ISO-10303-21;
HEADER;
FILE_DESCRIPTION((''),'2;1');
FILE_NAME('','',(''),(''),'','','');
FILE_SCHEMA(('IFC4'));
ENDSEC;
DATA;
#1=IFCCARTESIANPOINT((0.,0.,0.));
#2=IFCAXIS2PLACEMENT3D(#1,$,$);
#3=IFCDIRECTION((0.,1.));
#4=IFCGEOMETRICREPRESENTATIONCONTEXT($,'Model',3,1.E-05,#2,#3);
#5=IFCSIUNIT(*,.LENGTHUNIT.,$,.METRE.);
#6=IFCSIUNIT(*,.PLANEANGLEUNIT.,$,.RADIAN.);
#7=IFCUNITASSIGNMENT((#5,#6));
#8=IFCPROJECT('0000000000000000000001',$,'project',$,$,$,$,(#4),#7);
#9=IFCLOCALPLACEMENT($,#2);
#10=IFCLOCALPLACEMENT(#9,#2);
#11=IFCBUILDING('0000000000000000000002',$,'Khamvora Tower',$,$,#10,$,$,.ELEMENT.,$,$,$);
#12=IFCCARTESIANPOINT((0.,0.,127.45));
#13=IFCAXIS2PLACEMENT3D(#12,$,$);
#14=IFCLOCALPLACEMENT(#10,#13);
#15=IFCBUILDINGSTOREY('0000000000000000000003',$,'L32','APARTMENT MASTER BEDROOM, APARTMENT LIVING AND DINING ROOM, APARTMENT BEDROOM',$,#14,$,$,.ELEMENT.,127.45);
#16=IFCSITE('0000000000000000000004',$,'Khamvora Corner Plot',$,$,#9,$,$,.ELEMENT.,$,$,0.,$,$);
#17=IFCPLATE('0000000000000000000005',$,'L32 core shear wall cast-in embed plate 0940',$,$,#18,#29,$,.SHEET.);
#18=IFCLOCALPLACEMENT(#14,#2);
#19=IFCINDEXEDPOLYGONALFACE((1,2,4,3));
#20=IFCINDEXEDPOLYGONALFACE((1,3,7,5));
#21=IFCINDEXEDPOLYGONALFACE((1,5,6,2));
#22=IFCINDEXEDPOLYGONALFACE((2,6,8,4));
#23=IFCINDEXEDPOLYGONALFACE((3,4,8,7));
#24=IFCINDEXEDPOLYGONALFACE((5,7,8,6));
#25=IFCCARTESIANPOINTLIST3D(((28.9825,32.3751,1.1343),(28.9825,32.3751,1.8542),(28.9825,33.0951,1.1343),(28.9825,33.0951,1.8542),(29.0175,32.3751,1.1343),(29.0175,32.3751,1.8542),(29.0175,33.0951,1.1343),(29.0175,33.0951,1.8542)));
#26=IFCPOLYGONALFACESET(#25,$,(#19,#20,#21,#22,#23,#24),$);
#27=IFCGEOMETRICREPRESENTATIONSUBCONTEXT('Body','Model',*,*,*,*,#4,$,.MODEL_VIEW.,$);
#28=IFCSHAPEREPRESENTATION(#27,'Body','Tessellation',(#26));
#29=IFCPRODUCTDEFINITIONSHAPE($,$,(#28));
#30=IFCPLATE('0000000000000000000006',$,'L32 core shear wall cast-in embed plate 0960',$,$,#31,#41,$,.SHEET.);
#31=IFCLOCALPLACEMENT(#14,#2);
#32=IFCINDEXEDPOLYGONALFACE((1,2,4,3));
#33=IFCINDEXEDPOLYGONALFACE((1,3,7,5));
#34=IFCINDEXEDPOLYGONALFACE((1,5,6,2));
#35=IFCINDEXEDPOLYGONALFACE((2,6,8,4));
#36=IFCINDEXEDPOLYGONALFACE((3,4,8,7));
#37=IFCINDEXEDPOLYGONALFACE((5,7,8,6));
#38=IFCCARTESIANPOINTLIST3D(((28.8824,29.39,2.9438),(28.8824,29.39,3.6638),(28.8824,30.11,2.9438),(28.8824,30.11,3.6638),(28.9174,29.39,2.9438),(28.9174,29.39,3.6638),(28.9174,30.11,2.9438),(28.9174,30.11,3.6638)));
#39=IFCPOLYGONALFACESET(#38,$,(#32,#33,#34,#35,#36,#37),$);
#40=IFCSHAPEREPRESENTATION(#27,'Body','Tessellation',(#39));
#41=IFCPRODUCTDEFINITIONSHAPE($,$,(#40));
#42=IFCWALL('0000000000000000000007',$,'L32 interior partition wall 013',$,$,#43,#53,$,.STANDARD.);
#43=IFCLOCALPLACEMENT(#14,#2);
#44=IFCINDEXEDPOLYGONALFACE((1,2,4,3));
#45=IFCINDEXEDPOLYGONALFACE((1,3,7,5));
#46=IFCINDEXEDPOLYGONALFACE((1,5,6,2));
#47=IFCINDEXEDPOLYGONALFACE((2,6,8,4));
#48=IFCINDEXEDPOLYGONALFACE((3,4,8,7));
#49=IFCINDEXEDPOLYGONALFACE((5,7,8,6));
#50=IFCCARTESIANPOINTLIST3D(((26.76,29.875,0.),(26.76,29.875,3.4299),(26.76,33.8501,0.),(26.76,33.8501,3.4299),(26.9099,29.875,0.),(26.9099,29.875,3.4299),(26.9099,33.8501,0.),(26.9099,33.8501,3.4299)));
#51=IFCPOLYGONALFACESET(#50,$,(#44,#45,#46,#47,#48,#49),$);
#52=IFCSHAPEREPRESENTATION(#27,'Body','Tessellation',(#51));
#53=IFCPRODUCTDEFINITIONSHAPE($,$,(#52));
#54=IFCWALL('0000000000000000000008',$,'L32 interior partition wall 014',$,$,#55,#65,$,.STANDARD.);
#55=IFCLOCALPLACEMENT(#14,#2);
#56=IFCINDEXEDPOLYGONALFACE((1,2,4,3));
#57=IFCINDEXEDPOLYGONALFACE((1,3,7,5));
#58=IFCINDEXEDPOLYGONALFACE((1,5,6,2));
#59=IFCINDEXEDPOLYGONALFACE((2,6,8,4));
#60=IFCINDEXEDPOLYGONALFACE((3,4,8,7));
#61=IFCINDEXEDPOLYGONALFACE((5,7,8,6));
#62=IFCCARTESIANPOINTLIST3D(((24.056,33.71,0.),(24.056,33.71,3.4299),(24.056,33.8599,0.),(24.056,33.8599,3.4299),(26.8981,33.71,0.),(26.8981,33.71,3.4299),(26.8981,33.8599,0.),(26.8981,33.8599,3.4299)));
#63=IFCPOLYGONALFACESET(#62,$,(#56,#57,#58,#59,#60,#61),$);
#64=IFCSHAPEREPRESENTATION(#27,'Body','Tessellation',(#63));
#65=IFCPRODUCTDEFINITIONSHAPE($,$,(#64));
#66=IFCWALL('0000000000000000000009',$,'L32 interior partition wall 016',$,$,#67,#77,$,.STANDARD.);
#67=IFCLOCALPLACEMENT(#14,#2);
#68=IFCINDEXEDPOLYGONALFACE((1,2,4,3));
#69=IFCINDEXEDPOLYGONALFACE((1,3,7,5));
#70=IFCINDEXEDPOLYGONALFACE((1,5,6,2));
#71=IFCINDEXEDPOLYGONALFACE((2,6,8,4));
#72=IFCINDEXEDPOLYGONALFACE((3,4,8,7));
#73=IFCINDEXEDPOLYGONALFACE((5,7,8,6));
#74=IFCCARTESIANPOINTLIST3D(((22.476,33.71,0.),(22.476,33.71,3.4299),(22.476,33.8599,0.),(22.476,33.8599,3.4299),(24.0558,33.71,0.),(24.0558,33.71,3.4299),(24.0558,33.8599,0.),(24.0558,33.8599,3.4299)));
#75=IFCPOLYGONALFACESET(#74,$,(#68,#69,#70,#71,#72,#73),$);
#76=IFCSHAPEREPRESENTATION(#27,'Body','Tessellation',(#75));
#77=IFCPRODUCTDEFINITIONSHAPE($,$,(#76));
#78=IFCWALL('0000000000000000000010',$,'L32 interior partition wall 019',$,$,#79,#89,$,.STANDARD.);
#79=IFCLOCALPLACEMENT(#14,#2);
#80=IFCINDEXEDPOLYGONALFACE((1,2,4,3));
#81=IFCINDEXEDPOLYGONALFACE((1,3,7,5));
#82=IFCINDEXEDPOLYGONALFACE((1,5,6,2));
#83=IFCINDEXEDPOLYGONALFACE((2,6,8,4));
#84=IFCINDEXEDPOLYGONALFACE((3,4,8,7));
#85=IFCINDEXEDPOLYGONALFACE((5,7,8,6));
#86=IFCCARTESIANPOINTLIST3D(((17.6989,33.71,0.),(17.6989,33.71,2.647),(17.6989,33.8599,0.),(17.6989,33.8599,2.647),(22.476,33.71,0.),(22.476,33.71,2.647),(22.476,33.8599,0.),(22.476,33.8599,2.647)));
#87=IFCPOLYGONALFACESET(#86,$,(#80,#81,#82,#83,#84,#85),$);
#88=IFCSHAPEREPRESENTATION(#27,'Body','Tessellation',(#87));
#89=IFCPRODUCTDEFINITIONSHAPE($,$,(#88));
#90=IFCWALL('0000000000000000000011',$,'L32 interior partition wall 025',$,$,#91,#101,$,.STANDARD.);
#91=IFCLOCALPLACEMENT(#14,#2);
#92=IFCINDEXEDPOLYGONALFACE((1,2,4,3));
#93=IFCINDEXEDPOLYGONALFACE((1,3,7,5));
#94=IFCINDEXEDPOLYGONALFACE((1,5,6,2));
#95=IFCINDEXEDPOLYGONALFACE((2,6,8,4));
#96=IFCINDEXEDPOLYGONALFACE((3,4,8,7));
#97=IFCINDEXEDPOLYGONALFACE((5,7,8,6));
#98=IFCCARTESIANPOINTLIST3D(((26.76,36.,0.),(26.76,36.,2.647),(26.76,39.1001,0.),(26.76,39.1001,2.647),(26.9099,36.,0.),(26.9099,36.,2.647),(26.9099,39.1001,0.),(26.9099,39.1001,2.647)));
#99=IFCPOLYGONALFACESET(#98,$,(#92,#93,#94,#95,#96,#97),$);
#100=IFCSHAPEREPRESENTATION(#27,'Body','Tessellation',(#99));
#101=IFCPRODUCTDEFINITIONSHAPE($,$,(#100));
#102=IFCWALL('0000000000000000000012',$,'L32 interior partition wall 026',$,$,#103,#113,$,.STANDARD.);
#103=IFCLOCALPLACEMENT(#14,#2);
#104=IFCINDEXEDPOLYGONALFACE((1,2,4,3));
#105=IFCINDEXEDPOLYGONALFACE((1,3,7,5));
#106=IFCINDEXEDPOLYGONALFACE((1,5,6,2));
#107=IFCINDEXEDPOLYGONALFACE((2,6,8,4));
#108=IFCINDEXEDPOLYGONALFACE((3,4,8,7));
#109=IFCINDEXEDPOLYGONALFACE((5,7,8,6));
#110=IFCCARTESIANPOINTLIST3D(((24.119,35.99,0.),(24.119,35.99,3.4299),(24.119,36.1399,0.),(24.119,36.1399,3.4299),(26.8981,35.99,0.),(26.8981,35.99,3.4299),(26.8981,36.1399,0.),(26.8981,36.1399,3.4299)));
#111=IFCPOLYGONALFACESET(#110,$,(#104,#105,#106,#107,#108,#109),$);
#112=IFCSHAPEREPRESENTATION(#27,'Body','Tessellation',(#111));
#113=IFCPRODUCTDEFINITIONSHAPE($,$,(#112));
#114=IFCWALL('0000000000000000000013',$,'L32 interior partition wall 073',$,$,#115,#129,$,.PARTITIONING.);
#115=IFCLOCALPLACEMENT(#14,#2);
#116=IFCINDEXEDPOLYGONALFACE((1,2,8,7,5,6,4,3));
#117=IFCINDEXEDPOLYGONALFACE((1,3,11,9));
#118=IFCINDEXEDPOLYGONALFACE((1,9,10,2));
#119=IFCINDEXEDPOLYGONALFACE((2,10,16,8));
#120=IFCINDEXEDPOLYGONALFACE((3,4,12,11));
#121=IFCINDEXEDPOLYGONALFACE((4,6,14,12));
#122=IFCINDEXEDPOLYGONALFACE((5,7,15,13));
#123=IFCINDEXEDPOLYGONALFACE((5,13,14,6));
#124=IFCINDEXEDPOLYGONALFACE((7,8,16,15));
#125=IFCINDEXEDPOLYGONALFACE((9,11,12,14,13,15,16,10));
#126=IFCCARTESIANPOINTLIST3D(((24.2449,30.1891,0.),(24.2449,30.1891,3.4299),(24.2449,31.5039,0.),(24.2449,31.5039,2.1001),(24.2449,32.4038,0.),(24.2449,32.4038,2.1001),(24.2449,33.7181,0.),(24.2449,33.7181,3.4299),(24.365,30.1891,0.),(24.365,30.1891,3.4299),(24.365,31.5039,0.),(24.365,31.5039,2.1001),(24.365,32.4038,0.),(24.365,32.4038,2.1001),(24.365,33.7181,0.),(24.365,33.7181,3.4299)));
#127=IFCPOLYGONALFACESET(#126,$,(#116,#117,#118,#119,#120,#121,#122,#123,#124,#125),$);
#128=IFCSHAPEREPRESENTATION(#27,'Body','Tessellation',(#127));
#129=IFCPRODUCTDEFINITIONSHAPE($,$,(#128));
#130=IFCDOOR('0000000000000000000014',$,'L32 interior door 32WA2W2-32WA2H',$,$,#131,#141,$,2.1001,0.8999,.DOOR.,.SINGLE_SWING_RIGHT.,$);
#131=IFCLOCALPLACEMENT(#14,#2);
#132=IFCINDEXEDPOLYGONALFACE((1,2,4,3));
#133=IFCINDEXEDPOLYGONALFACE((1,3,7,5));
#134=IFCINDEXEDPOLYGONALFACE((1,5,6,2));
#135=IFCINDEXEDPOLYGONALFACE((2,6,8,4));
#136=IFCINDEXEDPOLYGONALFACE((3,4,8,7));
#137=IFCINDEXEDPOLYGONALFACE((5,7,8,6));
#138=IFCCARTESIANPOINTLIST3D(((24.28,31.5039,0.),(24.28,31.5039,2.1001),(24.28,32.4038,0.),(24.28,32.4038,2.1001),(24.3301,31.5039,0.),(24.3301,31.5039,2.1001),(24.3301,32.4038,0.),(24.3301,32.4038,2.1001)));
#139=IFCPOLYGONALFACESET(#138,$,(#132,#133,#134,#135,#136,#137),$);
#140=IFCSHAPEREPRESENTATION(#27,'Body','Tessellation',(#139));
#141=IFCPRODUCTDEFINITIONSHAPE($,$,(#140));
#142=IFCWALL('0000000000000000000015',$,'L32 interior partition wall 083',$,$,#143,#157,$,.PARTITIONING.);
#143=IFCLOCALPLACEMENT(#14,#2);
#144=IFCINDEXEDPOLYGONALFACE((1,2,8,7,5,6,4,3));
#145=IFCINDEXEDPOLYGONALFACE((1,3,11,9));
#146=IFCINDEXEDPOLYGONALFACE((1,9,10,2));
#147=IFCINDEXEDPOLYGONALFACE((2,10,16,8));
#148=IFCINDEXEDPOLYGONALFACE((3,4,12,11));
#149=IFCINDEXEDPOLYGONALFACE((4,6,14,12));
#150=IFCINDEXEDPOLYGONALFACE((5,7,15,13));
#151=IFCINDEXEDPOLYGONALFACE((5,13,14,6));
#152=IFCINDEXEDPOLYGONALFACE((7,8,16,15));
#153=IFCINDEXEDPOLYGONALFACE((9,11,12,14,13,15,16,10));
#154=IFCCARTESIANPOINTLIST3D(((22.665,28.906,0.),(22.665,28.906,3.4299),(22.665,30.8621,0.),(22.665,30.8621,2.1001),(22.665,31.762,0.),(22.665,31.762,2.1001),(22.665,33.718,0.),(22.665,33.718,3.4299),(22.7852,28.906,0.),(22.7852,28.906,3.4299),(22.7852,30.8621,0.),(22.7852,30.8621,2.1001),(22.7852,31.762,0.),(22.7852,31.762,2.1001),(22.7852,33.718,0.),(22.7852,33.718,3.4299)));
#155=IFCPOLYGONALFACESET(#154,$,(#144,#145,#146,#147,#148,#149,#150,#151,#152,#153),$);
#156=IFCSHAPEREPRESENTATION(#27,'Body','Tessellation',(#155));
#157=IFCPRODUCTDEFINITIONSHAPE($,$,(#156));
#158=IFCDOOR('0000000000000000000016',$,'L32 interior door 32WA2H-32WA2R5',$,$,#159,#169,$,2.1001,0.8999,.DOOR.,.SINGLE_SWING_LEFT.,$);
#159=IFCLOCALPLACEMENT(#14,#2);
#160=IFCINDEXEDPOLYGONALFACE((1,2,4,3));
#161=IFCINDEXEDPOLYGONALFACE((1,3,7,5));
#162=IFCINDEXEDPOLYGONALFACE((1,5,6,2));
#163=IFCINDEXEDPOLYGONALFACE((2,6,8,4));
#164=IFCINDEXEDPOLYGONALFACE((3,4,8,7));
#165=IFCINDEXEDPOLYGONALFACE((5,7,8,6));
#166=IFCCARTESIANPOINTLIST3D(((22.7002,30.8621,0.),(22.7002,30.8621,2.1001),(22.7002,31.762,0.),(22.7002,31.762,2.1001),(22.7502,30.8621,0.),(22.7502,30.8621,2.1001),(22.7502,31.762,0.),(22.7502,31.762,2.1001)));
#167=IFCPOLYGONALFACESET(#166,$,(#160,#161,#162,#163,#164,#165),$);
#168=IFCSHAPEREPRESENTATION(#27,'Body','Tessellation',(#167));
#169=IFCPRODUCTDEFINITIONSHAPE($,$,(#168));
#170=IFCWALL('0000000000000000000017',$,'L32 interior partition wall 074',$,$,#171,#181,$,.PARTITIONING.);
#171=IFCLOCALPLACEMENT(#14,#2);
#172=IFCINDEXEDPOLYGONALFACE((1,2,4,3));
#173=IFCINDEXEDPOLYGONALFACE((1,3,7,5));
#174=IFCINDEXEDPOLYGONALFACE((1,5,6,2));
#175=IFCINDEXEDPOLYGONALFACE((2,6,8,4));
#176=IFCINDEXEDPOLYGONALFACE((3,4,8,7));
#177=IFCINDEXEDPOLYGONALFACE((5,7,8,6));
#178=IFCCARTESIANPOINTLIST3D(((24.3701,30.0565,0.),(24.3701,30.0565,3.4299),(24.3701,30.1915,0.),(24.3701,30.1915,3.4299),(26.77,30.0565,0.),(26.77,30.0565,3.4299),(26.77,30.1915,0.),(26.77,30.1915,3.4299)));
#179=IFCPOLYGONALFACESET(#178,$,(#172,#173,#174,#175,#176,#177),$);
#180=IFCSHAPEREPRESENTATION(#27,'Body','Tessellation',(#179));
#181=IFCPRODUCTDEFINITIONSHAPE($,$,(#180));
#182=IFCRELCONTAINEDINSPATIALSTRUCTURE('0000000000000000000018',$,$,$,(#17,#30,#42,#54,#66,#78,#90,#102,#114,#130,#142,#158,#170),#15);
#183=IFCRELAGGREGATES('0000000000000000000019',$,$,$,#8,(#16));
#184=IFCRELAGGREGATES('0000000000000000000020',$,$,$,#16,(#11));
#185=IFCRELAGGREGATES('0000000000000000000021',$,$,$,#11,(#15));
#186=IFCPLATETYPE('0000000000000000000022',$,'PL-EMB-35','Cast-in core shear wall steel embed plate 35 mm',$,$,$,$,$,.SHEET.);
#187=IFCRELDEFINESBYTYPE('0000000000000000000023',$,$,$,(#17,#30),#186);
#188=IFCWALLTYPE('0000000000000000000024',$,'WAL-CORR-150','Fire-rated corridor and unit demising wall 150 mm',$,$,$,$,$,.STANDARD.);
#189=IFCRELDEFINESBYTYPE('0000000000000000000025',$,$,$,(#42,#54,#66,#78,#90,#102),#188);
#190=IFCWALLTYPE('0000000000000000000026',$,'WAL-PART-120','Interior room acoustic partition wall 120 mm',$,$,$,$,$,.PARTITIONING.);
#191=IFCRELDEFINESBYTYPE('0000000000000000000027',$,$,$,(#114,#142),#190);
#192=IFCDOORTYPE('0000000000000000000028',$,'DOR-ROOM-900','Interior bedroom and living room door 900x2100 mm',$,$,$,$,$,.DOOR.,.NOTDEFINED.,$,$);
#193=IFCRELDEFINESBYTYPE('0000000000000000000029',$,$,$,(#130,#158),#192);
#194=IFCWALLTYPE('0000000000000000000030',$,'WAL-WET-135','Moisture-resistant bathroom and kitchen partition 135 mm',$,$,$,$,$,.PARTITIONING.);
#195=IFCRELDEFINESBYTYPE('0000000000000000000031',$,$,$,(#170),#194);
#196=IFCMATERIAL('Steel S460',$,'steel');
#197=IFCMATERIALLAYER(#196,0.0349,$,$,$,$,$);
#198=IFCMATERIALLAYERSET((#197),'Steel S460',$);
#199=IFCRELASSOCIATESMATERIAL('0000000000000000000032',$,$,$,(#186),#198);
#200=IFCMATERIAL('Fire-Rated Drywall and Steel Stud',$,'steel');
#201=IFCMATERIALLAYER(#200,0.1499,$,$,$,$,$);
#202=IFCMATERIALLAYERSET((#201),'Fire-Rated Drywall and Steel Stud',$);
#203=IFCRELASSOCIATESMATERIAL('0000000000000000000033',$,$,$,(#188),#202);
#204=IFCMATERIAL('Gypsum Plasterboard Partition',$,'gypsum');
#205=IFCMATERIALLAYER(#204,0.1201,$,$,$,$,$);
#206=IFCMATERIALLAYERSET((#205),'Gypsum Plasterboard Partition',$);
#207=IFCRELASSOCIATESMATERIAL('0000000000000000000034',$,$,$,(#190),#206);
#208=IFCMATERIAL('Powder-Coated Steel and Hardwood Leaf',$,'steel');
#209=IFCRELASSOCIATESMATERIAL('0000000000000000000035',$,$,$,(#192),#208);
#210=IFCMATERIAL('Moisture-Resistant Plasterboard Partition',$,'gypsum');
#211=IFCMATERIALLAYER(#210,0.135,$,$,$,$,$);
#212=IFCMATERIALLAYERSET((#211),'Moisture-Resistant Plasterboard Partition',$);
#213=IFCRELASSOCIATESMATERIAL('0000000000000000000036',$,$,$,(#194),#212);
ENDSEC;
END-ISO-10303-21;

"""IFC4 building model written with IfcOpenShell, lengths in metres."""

from ifc_helpers import new_model, si_unit, direction, frame, frame_2d, origin, origin_2d, place, context, subcontext, project, spatial, rectangle, extrude, material, layer, layer_set, type_object, element, fill, save


model = new_model("IFC4")

# Units and contexts
model_context = context("Model", 3, precision=1e-05, world=origin(), true_north=direction((0.0, 1.0)))
body_context = subcontext(model_context, "Body", "Model", "MODEL_VIEW")
ifc_project = project(units=[si_unit("LENGTHUNIT", "METRE"), si_unit("PLANEANGLEUNIT", "RADIAN")], contexts=[model_context])

# Site, building, storey
site_placement = place(None, origin())
site = spatial("IfcSite", under=ifc_project, at=site_placement, Name="Khamvora Corner Plot", CompositionType="ELEMENT", RefElevation=0.0)
building_placement = place(site_placement, origin())
building = spatial("IfcBuilding", under=site, at=building_placement, Name="Khamvora Tower", CompositionType="ELEMENT")
storey_placement = place(building_placement, frame((0.0, 0.0, 127.45)))
storey = spatial("IfcBuildingStorey", under=building, at=storey_placement, Name="L32", Description="APARTMENT MASTER BEDROOM, APARTMENT LIVING AND DINING ROOM, APARTMENT BEDROOM", CompositionType="ELEMENT", Elevation=127.45)

# Plates
ifc_material_1 = material(Name="Steel S460", Category="steel")
ifc_layer_1 = layer(ifc_material_1, 0.0349)
ifc_layer_set_1 = layer_set([ifc_layer_1], Name="Steel S460")
plate_type = type_object("IfcPlateType", Name="PL-EMB-35", Description="Cast-in core shear wall steel embed plate 35 mm", PredefinedType="SHEET", material=ifc_layer_set_1)
for number, where, z_axis, x_axis, name in (
    (1, (29.0, 32.7351, 1.1343), (0.0, 0.0, 1.0), (1.0, 0.0, 0.0), "L32 core shear wall cast-in embed plate 0940"),
    (2, (28.8999, 29.75, 2.9438), (0.0, 0.0, 1.0), (1.0, 0.0, 0.0), "L32 core shear wall cast-in embed plate 0960"),
):
    element("IfcPlate", number, at=place(storey_placement, frame(where, z_axis=z_axis, x_axis=x_axis)), inside=storey, type_object=plate_type, Name=name, PredefinedType="SHEET", context=body_context, shape_type="SweptSolid", body=[
        extrude(rectangle(XDim=0.0349, YDim=0.72, at=origin_2d()), origin(), (0.0, 0.0, 1.0), 0.72),
    ])

# Walls
ifc_material_2 = material(Name="Fire-Rated Drywall and Steel Stud", Category="steel")
ifc_layer_2 = layer(ifc_material_2, 0.1499)
ifc_layer_set_2 = layer_set([ifc_layer_2], Name="Fire-Rated Drywall and Steel Stud")
wall_type_1 = type_object("IfcWallType", Name="WAL-CORR-150", Description="Fire-rated corridor and unit demising wall 150 mm", PredefinedType="STANDARD", material=ifc_layer_set_2)
wall_1_placement = place(storey_placement, frame((26.835, 29.875, 0.0), z_axis=(0.0, 0.0, 1.0), x_axis=(0.0, 1.0, 0.0)))
element("IfcWall", 3, at=wall_1_placement, inside=storey, type_object=wall_type_1, Name="L32 interior partition wall 013", PredefinedType="STANDARD", context=body_context, shape_type="SweptSolid", body=[
    extrude(rectangle(XDim=3.9751, YDim=0.1499, at=frame_2d((1.9875, 0.0))), origin(), (0.0, 0.0, 1.0), 3.4299),
])
wall_2_placement = place(storey_placement, frame((26.8979, 33.7849, 0.0), z_axis=(0.0, 0.0, 1.0), x_axis=(-1.0, 0.0, 0.0)))
element("IfcWall", 4, at=wall_2_placement, inside=storey, type_object=wall_type_1, Name="L32 interior partition wall 014", PredefinedType="STANDARD", context=body_context, shape_type="SweptSolid", body=[
    extrude(rectangle(XDim=2.842, YDim=0.1499, at=frame_2d((1.4209, 0.0))), origin(), (0.0, 0.0, 1.0), 3.4299),
])
wall_3_placement = place(storey_placement, frame((24.0559, 33.7849, 0.0), z_axis=(0.0, 0.0, 1.0), x_axis=(-1.0, 0.0, 0.0)))
element("IfcWall", 5, at=wall_3_placement, inside=storey, type_object=wall_type_1, Name="L32 interior partition wall 016", PredefinedType="STANDARD", context=body_context, shape_type="SweptSolid", body=[
    extrude(rectangle(XDim=1.5798, YDim=0.1499, at=frame_2d((0.79, 0.0))), origin(), (0.0, 0.0, 1.0), 3.4299),
])
wall_4_placement = place(storey_placement, frame((22.4761, 33.7849, 0.0), z_axis=(0.0, 0.0, 1.0), x_axis=(-1.0, 0.0, 0.0)))
element("IfcWall", 6, at=wall_4_placement, inside=storey, type_object=wall_type_1, Name="L32 interior partition wall 019", PredefinedType="STANDARD", context=body_context, shape_type="SweptSolid", body=[
    extrude(rectangle(XDim=4.7771, YDim=0.1499, at=frame_2d((2.3887, 0.0))), origin(), (0.0, 0.0, 1.0), 2.647),
])
wall_5_placement = place(storey_placement, frame((26.835, 36.0, 0.0), z_axis=(0.0, 0.0, 1.0), x_axis=(0.0, 1.0, 0.0)))
element("IfcWall", 7, at=wall_5_placement, inside=storey, type_object=wall_type_1, Name="L32 interior partition wall 025", PredefinedType="STANDARD", context=body_context, shape_type="SweptSolid", body=[
    extrude(rectangle(XDim=3.1001, YDim=0.1499, at=frame_2d((1.55, 0.0))), origin(), (0.0, 0.0, 1.0), 2.647),
])
wall_6_placement = place(storey_placement, frame((24.1189, 36.0649, 0.0), z_axis=(0.0, 0.0, 1.0), x_axis=(1.0, 0.0, 0.0)))
element("IfcWall", 8, at=wall_6_placement, inside=storey, type_object=wall_type_1, Name="L32 interior partition wall 026", PredefinedType="STANDARD", context=body_context, shape_type="SweptSolid", body=[
    extrude(rectangle(XDim=2.7791, YDim=0.1499, at=frame_2d((1.3896, 0.0))), origin(), (0.0, 0.0, 1.0), 3.4299),
])

# Walls, openings, doors
ifc_material_3 = material(Name="Gypsum Plasterboard Partition", Category="gypsum")
ifc_layer_3 = layer(ifc_material_3, 0.1201)
ifc_layer_set_3 = layer_set([ifc_layer_3], Name="Gypsum Plasterboard Partition")
wall_type_2 = type_object("IfcWallType", Name="WAL-PART-120", Description="Interior room acoustic partition wall 120 mm", PredefinedType="PARTITIONING", material=ifc_layer_set_3)
wall_7_placement = place(storey_placement, frame((24.3049, 30.189, 0.0), z_axis=(0.0, 0.0, 1.0), x_axis=(0.0, 1.0, 0.0)))
wall_7 = element("IfcWall", 9, at=wall_7_placement, inside=storey, type_object=wall_type_2, Name="L32 interior partition wall 073", PredefinedType="PARTITIONING", context=body_context, shape_type="SweptSolid", body=[
    extrude(rectangle(XDim=3.5291, YDim=0.1201, at=frame_2d((1.7646, 0.0))), origin(), (0.0, 0.0, 1.0), 3.4299),
])
opening_1_placement = place(wall_7_placement, frame((1.3149, 0.0, 0.0)))
opening_1 = element("IfcOpeningElement", 10, at=opening_1_placement, cuts=wall_7, PredefinedType="OPENING", context=body_context, shape_type="SweptSolid", body=[
    extrude(rectangle(XDim=0.8999, YDim=2.1001, at=frame_2d((0.45, 1.05))), frame((0.0, 0.0701, 0.0), z_axis=(0.0, -1.0, 0.0), x_axis=(1.0, 0.0, 0.0)), (0.0, 0.0, 1.0), 0.1401),
])
ifc_material_4 = material(Name="Powder-Coated Steel and Hardwood Leaf", Category="steel")
door_type_1 = type_object("IfcDoorType", Name="DOR-ROOM-900", Description="Interior bedroom and living room door 900x2100 mm", OperationType="NOTDEFINED", PredefinedType="DOOR", material=ifc_material_4)
door_1_placement = place(opening_1_placement, origin())
door_1 = element("IfcDoor", 11, at=door_1_placement, inside=storey, type_object=door_type_1, Name="L32 interior door 32WA2W2-32WA2H", OperationType="SINGLE_SWING_RIGHT", OverallHeight=2.1001, OverallWidth=0.8999, PredefinedType="DOOR", context=body_context, shape_type="SweptSolid", body=[
    extrude(rectangle(XDim=0.8999, YDim=2.1001, at=frame_2d((0.45, 1.05))), frame((0.0, 0.0249, 0.0), z_axis=(0.0, -1.0, 0.0), x_axis=(1.0, 0.0, 0.0)), (0.0, 0.0, 1.0), 0.05),
])
fill(opening_1, door_1)
wall_8_placement = place(storey_placement, frame((22.7251, 28.906, 0.0), z_axis=(0.0, 0.0, 1.0), x_axis=(0.0, 1.0, 0.0)))
wall_8 = element("IfcWall", 12, at=wall_8_placement, inside=storey, type_object=wall_type_2, Name="L32 interior partition wall 083", PredefinedType="PARTITIONING", context=body_context, shape_type="SweptSolid", body=[
    extrude(rectangle(XDim=4.812, YDim=0.1201, at=frame_2d((2.406, 0.0))), origin(), (0.0, 0.0, 1.0), 3.4299),
])
opening_2_placement = place(wall_8_placement, frame((1.9561, 0.0, 0.0)))
opening_2 = element("IfcOpeningElement", 13, at=opening_2_placement, cuts=wall_8, PredefinedType="OPENING", context=body_context, shape_type="SweptSolid", body=[
    extrude(rectangle(XDim=0.8999, YDim=2.1001, at=frame_2d((0.45, 1.05))), frame((0.0, 0.0701, 0.0), z_axis=(0.0, -1.0, 0.0), x_axis=(1.0, 0.0, 0.0)), (0.0, 0.0, 1.0), 0.1401),
])
door_2_placement = place(opening_2_placement, origin())
door_2 = element("IfcDoor", 14, at=door_2_placement, inside=storey, type_object=door_type_1, Name="L32 interior door 32WA2H-32WA2R5", OperationType="SINGLE_SWING_LEFT", OverallHeight=2.1001, OverallWidth=0.8999, PredefinedType="DOOR", context=body_context, shape_type="SweptSolid", body=[
    extrude(rectangle(XDim=0.8999, YDim=2.1001, at=frame_2d((0.45, 1.05))), frame((0.0, 0.0249, 0.0), z_axis=(0.0, -1.0, 0.0), x_axis=(1.0, 0.0, 0.0)), (0.0, 0.0, 1.0), 0.05),
])
fill(opening_2, door_2)

# Wall
ifc_material_5 = material(Name="Moisture-Resistant Plasterboard Partition", Category="gypsum")
ifc_layer_4 = layer(ifc_material_5, 0.135)
ifc_layer_set_4 = layer_set([ifc_layer_4], Name="Moisture-Resistant Plasterboard Partition")
wall_type_3 = type_object("IfcWallType", Name="WAL-WET-135", Description="Moisture-resistant bathroom and kitchen partition 135 mm", PredefinedType="PARTITIONING", material=ifc_layer_set_4)
wall_9_placement = place(storey_placement, frame((26.77, 30.124, 0.0), z_axis=(0.0, 0.0, 1.0), x_axis=(-1.0, 0.0, 0.0)))
element("IfcWall", 15, at=wall_9_placement, inside=storey, type_object=wall_type_3, Name="L32 interior partition wall 074", PredefinedType="PARTITIONING", context=body_context, shape_type="SweptSolid", body=[
    extrude(rectangle(XDim=2.3999, YDim=0.135, at=frame_2d((1.2, 0.0))), origin(), (0.0, 0.0, 1.0), 3.4299),
])

save(model, "model.ifc")
